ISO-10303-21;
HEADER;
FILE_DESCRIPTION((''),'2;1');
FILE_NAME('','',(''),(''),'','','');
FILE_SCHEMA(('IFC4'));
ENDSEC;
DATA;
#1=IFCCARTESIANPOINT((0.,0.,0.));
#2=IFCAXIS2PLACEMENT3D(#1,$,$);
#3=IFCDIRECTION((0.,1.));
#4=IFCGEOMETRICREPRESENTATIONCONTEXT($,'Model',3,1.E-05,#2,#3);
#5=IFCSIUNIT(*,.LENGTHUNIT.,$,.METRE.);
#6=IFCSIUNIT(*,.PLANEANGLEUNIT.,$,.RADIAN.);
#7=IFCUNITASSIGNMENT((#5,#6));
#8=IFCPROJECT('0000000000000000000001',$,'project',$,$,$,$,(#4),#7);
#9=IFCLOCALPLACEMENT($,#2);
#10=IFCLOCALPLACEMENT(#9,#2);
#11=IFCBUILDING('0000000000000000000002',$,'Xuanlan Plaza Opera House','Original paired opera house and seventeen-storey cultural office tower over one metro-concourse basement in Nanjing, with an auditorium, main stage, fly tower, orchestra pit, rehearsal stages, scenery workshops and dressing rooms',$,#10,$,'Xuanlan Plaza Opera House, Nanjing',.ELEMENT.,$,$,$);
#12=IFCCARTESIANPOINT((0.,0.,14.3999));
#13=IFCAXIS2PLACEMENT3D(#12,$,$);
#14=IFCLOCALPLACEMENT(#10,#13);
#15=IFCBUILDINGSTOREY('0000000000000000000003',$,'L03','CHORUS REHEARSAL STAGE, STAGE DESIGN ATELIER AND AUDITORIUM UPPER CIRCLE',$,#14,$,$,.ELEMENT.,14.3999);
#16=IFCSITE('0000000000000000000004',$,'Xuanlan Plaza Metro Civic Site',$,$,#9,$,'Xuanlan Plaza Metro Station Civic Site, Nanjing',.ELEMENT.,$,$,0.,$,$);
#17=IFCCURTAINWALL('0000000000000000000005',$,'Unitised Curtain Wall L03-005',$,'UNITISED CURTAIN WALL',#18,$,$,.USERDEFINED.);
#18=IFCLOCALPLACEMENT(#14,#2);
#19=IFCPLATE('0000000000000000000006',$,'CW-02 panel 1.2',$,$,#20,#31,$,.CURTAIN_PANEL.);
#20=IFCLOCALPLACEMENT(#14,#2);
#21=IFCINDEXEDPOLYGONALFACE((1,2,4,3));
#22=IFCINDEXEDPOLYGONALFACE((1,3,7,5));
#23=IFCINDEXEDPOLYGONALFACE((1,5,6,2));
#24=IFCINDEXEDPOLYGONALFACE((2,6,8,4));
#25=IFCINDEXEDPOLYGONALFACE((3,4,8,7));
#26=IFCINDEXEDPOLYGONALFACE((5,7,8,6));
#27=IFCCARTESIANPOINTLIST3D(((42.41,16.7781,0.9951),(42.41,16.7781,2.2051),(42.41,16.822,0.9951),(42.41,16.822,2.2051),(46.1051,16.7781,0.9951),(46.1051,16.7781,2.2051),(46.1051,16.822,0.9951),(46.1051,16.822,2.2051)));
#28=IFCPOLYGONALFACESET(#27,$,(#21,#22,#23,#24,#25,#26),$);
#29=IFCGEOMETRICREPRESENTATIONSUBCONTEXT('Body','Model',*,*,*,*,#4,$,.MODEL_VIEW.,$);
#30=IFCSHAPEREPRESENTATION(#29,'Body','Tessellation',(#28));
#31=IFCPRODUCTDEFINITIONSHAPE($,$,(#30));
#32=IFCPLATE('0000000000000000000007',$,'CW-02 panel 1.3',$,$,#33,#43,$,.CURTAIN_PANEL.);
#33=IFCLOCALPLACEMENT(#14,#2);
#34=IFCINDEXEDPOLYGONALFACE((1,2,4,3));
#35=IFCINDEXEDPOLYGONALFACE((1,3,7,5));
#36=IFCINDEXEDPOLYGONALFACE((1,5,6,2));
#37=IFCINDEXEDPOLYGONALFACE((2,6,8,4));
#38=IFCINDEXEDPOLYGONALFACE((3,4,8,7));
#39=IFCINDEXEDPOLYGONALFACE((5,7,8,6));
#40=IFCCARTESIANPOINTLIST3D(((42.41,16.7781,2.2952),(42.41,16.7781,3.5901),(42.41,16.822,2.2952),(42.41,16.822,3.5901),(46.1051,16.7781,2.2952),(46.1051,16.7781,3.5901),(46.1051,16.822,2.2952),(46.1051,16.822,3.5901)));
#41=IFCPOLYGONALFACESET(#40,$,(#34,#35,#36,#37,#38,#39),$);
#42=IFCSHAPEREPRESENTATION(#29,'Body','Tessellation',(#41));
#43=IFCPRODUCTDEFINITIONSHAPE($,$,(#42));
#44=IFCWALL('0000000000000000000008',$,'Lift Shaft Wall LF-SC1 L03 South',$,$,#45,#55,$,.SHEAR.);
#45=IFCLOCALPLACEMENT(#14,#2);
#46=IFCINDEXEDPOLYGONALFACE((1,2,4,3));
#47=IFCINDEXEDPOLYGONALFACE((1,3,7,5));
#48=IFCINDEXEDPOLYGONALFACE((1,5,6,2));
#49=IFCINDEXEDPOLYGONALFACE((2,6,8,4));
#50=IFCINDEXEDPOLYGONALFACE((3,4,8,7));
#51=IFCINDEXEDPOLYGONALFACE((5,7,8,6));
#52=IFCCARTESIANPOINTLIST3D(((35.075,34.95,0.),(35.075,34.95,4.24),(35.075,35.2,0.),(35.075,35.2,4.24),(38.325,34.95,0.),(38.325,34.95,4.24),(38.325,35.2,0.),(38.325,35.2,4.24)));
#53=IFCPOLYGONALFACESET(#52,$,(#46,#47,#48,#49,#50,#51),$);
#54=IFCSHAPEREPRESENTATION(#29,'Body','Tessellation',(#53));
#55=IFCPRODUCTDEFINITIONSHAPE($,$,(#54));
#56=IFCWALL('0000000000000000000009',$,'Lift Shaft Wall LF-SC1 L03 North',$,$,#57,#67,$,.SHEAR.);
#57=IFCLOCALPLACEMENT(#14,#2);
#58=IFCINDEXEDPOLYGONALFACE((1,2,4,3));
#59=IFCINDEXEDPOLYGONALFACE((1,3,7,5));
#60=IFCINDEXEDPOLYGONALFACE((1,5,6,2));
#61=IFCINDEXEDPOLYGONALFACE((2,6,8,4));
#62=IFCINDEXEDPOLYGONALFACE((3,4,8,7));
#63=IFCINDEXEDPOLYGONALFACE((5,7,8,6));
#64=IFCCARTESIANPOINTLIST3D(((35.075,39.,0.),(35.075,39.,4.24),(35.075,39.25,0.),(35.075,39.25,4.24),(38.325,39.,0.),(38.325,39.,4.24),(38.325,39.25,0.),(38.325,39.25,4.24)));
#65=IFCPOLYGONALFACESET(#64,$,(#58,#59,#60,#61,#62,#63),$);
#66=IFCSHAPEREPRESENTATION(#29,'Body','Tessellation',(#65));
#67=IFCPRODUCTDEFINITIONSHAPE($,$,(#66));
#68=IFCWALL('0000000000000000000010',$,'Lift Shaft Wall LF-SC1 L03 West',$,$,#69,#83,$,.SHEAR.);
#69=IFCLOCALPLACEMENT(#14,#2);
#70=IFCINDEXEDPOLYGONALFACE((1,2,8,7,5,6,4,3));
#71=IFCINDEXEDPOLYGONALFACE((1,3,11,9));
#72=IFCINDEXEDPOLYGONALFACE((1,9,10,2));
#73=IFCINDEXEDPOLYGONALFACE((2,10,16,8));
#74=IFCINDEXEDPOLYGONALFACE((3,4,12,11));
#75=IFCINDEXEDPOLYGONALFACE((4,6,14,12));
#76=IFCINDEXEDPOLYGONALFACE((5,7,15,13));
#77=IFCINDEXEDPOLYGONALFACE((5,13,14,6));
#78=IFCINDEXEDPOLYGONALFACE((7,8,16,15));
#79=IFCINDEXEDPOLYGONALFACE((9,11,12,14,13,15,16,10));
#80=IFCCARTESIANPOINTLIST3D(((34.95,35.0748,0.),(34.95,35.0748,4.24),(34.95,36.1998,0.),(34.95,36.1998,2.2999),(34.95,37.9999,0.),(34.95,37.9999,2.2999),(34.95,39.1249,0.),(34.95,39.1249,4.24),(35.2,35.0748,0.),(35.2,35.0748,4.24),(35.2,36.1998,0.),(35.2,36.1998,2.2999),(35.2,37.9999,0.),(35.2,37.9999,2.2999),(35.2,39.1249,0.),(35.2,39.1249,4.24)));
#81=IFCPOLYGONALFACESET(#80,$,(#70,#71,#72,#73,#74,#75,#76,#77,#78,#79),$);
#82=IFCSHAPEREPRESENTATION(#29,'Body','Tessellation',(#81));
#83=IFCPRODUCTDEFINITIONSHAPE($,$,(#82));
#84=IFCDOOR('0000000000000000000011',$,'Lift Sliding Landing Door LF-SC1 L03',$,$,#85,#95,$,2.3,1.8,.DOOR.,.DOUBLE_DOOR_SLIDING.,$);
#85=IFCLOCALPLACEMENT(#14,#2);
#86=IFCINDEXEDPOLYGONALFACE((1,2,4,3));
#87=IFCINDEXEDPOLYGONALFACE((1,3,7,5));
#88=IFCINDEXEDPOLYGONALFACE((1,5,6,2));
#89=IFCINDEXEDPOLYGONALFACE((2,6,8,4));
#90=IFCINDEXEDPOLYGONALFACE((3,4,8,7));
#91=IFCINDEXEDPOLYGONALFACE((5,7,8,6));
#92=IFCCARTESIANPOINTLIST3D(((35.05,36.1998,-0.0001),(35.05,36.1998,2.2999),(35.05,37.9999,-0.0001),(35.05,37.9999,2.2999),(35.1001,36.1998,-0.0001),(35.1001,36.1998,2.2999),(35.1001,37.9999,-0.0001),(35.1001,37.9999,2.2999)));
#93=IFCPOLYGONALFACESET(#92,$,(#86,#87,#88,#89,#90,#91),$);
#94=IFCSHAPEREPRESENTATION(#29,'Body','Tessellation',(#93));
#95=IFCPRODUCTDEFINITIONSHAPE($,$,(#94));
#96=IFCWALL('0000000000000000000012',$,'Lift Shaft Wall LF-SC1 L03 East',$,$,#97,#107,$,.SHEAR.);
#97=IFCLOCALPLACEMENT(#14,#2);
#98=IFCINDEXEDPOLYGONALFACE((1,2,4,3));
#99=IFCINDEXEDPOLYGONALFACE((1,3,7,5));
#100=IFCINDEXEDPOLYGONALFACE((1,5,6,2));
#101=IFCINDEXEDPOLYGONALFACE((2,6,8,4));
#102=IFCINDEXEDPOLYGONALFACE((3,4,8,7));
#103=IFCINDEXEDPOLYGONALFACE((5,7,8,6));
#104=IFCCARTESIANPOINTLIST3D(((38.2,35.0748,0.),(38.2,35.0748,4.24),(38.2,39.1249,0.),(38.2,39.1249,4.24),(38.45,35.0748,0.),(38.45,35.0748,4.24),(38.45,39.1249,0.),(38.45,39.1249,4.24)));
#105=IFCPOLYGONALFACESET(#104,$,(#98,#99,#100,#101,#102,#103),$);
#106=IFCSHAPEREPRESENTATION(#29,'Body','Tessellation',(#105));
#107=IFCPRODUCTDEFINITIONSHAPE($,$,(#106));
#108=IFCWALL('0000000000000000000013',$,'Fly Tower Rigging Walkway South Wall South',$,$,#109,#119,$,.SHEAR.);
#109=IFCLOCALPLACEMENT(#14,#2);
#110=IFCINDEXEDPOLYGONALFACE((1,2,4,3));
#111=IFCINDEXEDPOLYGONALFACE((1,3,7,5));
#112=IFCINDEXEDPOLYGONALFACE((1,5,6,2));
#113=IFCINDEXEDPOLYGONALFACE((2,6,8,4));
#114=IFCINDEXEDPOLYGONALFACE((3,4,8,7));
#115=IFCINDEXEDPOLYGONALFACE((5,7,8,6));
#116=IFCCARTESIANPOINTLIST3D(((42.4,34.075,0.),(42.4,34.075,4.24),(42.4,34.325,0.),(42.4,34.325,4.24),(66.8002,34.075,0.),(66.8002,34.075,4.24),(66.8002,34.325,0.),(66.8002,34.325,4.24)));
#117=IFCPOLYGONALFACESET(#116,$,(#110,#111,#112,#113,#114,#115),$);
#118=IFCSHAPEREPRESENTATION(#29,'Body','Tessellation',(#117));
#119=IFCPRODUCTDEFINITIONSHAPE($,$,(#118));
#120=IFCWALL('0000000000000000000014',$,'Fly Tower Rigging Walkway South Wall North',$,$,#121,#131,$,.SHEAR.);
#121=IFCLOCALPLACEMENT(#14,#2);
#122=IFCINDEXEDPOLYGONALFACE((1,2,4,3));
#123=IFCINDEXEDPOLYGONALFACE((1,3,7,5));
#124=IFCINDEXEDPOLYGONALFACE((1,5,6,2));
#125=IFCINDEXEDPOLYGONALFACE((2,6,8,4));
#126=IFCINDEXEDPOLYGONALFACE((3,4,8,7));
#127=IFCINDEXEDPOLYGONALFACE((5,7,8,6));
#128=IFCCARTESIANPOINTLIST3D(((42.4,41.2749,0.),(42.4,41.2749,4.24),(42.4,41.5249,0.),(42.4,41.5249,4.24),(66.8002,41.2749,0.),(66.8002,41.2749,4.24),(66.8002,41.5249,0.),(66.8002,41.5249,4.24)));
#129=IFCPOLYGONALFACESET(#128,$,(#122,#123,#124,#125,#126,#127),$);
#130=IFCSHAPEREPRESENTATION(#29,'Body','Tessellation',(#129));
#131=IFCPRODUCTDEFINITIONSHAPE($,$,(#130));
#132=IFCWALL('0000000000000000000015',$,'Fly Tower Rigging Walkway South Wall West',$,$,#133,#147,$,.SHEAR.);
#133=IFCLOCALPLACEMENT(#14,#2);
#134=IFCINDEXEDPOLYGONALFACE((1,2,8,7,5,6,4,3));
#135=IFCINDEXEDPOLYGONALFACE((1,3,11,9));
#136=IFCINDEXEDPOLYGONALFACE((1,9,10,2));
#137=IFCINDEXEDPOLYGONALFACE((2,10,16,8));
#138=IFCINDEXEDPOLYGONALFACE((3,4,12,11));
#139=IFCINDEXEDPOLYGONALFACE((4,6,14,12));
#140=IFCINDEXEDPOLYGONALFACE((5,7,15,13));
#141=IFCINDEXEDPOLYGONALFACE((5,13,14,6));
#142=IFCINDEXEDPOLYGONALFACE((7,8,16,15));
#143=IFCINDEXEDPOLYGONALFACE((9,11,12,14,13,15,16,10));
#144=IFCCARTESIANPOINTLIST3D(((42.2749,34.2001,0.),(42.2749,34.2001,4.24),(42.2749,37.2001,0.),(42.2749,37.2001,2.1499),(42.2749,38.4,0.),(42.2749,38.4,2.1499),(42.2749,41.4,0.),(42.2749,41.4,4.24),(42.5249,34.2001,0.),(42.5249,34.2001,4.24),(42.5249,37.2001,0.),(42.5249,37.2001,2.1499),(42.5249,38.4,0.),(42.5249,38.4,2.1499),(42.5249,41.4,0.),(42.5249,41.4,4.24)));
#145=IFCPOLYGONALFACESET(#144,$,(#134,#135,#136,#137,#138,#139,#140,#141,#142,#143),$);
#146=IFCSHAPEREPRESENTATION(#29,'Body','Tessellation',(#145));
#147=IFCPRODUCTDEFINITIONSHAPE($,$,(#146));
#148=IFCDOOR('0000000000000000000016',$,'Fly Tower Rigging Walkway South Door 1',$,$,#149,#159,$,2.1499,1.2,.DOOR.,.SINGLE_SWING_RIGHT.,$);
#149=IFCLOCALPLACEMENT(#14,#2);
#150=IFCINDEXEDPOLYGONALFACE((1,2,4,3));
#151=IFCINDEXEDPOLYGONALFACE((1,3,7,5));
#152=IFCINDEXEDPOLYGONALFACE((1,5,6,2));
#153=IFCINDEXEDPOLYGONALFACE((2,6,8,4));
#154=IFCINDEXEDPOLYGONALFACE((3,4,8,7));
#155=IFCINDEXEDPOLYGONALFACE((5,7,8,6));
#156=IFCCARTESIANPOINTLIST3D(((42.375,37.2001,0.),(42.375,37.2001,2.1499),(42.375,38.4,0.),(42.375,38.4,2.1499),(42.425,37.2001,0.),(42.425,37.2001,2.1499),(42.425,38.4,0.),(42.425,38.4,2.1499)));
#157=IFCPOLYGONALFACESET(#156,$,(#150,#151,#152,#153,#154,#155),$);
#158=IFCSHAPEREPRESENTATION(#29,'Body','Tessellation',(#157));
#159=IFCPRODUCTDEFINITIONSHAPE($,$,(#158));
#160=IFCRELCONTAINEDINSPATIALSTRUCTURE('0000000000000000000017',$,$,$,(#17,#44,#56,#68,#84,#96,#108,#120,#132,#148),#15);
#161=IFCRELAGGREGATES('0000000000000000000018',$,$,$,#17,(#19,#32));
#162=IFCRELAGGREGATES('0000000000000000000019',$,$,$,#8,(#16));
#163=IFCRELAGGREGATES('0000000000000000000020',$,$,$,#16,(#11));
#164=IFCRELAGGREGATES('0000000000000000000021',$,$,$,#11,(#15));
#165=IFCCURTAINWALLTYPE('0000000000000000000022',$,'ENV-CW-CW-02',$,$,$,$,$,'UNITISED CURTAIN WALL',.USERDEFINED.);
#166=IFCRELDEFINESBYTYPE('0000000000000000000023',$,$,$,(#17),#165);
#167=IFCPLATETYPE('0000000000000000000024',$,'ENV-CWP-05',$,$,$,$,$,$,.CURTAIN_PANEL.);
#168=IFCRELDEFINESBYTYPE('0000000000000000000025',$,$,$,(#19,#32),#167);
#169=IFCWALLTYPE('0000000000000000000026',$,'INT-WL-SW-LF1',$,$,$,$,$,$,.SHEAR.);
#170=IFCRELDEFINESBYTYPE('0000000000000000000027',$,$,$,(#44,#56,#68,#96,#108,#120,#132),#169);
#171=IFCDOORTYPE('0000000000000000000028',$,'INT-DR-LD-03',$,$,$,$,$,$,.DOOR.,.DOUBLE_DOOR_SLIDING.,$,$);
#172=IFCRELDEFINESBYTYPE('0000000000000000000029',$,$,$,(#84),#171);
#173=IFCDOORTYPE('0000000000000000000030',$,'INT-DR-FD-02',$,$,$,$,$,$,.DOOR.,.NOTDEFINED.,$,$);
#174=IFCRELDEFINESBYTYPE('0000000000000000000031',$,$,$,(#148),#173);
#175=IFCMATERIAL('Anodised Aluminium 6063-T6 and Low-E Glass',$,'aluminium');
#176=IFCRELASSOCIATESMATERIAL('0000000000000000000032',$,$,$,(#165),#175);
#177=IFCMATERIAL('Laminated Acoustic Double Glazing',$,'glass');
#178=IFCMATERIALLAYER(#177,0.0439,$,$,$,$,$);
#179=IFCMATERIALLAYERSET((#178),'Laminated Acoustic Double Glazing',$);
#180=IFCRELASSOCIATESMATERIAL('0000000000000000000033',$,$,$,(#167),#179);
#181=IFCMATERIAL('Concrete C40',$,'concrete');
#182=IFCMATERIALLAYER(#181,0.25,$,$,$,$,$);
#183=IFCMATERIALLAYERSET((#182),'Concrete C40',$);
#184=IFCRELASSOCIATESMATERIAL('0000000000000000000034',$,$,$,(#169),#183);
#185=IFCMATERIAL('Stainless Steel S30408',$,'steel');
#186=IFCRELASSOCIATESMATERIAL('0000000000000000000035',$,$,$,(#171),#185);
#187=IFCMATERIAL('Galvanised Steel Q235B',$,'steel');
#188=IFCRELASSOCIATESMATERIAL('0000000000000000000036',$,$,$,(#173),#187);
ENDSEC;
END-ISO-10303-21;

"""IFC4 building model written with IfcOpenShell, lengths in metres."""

from ifc_helpers import new_model, si_unit, direction, frame, frame_2d, origin, origin_2d, place, context, subcontext, project, spatial, rectangle, extrude, material, layer, layer_set, type_object, element, fill, aggregate, save


model = new_model("IFC4")

# Units and contexts
model_context = context("Model", 3, precision=1e-05, world=origin(), true_north=direction((0.0, 1.0)))
body_context = subcontext(model_context, "Body", "Model", "MODEL_VIEW")
ifc_project = project(units=[si_unit("LENGTHUNIT", "METRE"), si_unit("PLANEANGLEUNIT", "RADIAN")], contexts=[model_context])

# Site, building, storey
site_placement = place(None, origin())
site = spatial("IfcSite", under=ifc_project, at=site_placement, Name="Xuanlan Plaza Metro Civic Site", LongName="Xuanlan Plaza Metro Station Civic Site, Nanjing", CompositionType="ELEMENT", RefElevation=0.0)
building_placement = place(site_placement, origin())
building = spatial("IfcBuilding", under=site, at=building_placement, Name="Xuanlan Plaza Opera House", Description="Original paired opera house and seventeen-storey cultural office tower over one metro-concourse basement in Nanjing, with an auditorium, main stage, fly tower, orchestra pit, rehearsal stages, scenery workshops and dressing rooms", LongName="Xuanlan Plaza Opera House, Nanjing", CompositionType="ELEMENT")
storey_placement = place(building_placement, frame((0.0, 0.0, 14.3999)))
storey = spatial("IfcBuildingStorey", under=building, at=storey_placement, Name="L03", Description="CHORUS REHEARSAL STAGE, STAGE DESIGN ATELIER AND AUDITORIUM UPPER CIRCLE", CompositionType="ELEMENT", Elevation=14.3999)

# Shared definitions
ifc_material_1 = material(Name="Concrete C40", Category="concrete")

# Curtain wall
ifc_material_2 = material(Name="Anodised Aluminium 6063-T6 and Low-E Glass", Category="aluminium")
curtain_wall_type = type_object("IfcCurtainWallType", Name="ENV-CW-CW-02", ElementType="UNITISED CURTAIN WALL", PredefinedType="USERDEFINED", material=ifc_material_2)
curtain_wall_placement = place(storey_placement, origin())
curtain_wall = element("IfcCurtainWall", 1, at=curtain_wall_placement, inside=storey, type_object=curtain_wall_type, Name="Unitised Curtain Wall L03-005", ObjectType="UNITISED CURTAIN WALL", PredefinedType="USERDEFINED")

# Plates
ifc_material_3 = material(Name="Laminated Acoustic Double Glazing", Category="glass")
ifc_layer_1 = layer(ifc_material_3, 0.0439)
ifc_layer_set_1 = layer_set([ifc_layer_1], Name="Laminated Acoustic Double Glazing")
plate_type = type_object("IfcPlateType", Name="ENV-CWP-05", PredefinedType="CURTAIN_PANEL", material=ifc_layer_set_1)
plate_1_placement = place(storey_placement, frame((44.2576, 16.8, 0.9951), z_axis=(0.0, 0.0, 1.0), x_axis=(1.0, 0.0, 0.0)))
plate_1 = element("IfcPlate", 2, at=plate_1_placement, type_object=plate_type, Name="CW-02 panel 1.2", PredefinedType="CURTAIN_PANEL", context=body_context, shape_type="SweptSolid", body=[
    extrude(rectangle(XDim=3.6951, YDim=0.0439, at=origin_2d()), origin(), (0.0, 0.0, 1.0), 1.21),
])
plate_2_placement = place(storey_placement, frame((44.2576, 16.8, 2.2952), z_axis=(0.0, 0.0, 1.0), x_axis=(1.0, 0.0, 0.0)))
plate_2 = element("IfcPlate", 3, at=plate_2_placement, type_object=plate_type, Name="CW-02 panel 1.3", PredefinedType="CURTAIN_PANEL", context=body_context, shape_type="SweptSolid", body=[
    extrude(rectangle(XDim=3.6951, YDim=0.0439, at=origin_2d()), origin(), (0.0, 0.0, 1.0), 1.2949),
])
aggregate(curtain_wall, [plate_1, plate_2])

# Walls
ifc_layer_2 = layer(ifc_material_1, 0.25)
ifc_layer_set_2 = layer_set([ifc_layer_2], Name="Concrete C40")
wall_type = type_object("IfcWallType", Name="INT-WL-SW-LF1", PredefinedType="SHEAR", material=ifc_layer_set_2)
for number, where, z_axis, x_axis, name in (
    (4, (35.075, 35.075, 0.0), (0.0, 0.0, 1.0), (1.0, 0.0, 0.0), "Lift Shaft Wall LF-SC1 L03 South"),
    (5, (35.075, 39.125, 0.0), (0.0, 0.0, 1.0), (1.0, 0.0, 0.0), "Lift Shaft Wall LF-SC1 L03 North"),
):
    element("IfcWall", number, at=place(storey_placement, frame(where, z_axis=z_axis, x_axis=x_axis)), inside=storey, type_object=wall_type, Name=name, PredefinedType="SHEAR", context=body_context, shape_type="SweptSolid", body=[
        extrude(rectangle(XDim=3.25, YDim=0.25, at=frame_2d((1.625, 0.0))), origin(), (0.0, 0.0, 1.0), 4.24),
    ])

# Wall, opening, door
wall_1_placement = place(storey_placement, frame((35.075, 35.075, 0.0), z_axis=(0.0, 0.0, 1.0), x_axis=(0.0, 1.0, 0.0)))
wall_1 = element("IfcWall", 6, at=wall_1_placement, inside=storey, type_object=wall_type, Name="Lift Shaft Wall LF-SC1 L03 West", PredefinedType="SHEAR", context=body_context, shape_type="SweptSolid", body=[
    extrude(rectangle(XDim=4.05, YDim=0.25, at=frame_2d((2.0249, 0.0))), origin(), (0.0, 0.0, 1.0), 4.24),
])
opening_1_placement = place(wall_1_placement, frame((1.125, 0.0, 0.0)))
opening_1 = element("IfcOpeningElement", 7, at=opening_1_placement, cuts=wall_1, PredefinedType="OPENING", context=body_context, shape_type="SweptSolid", body=[
    extrude(rectangle(XDim=1.8, YDim=2.3, at=frame_2d((0.8999, 1.1499))), frame((0.0, 0.135, 0.0), z_axis=(0.0, -1.0, 0.0), x_axis=(1.0, 0.0, 0.0)), (0.0, 0.0, 1.0), 0.27),
])
ifc_material_4 = material(Name="Stainless Steel S30408", Category="steel")
door_type_1 = type_object("IfcDoorType", Name="INT-DR-LD-03", OperationType="DOUBLE_DOOR_SLIDING", PredefinedType="DOOR", material=ifc_material_4)
door_1_placement = place(opening_1_placement, origin())
door_1 = element("IfcDoor", 8, at=door_1_placement, inside=storey, type_object=door_type_1, Name="Lift Sliding Landing Door LF-SC1 L03", OperationType="DOUBLE_DOOR_SLIDING", OverallHeight=2.3, OverallWidth=1.8, PredefinedType="DOOR", context=body_context, shape_type="SweptSolid", body=[
    extrude(rectangle(XDim=1.8, YDim=2.3, at=frame_2d((0.8999, 1.1499))), frame((0.0, 0.0249, 0.0), z_axis=(0.0, -1.0, 0.0), x_axis=(1.0, 0.0, 0.0)), (0.0, 0.0, 1.0), 0.05),
])
fill(opening_1, door_1)

# Walls
wall_2_placement = place(storey_placement, frame((38.325, 35.075, 0.0), z_axis=(0.0, 0.0, 1.0), x_axis=(0.0, 1.0, 0.0)))
element("IfcWall", 9, at=wall_2_placement, inside=storey, type_object=wall_type, Name="Lift Shaft Wall LF-SC1 L03 East", PredefinedType="SHEAR", context=body_context, shape_type="SweptSolid", body=[
    extrude(rectangle(XDim=4.05, YDim=0.25, at=frame_2d((2.0249, 0.0))), origin(), (0.0, 0.0, 1.0), 4.24),
])
for number, where, z_axis, x_axis, name in (
    (10, (42.3999, 34.2, 0.0), (0.0, 0.0, 1.0), (1.0, 0.0, 0.0), "Fly Tower Rigging Walkway South Wall South"),
    (11, (42.3999, 41.3999, 0.0), (0.0, 0.0, 1.0), (1.0, 0.0, 0.0), "Fly Tower Rigging Walkway South Wall North"),
):
    element("IfcWall", number, at=place(storey_placement, frame(where, z_axis=z_axis, x_axis=x_axis)), inside=storey, type_object=wall_type, Name=name, PredefinedType="SHEAR", context=body_context, shape_type="SweptSolid", body=[
        extrude(rectangle(XDim=24.4001, YDim=0.25, at=frame_2d((12.2002, 0.0))), origin(), (0.0, 0.0, 1.0), 4.24),
    ])

# Wall, opening, door
wall_3_placement = place(storey_placement, frame((42.3999, 34.2, 0.0), z_axis=(0.0, 0.0, 1.0), x_axis=(0.0, 1.0, 0.0)))
wall_3 = element("IfcWall", 12, at=wall_3_placement, inside=storey, type_object=wall_type, Name="Fly Tower Rigging Walkway South Wall West", PredefinedType="SHEAR", context=body_context, shape_type="SweptSolid", body=[
    extrude(rectangle(XDim=7.2, YDim=0.25, at=frame_2d((3.6001, 0.0))), origin(), (0.0, 0.0, 1.0), 4.24),
])
opening_2_placement = place(wall_3_placement, frame((3.0, 0.0, 0.0)))
opening_2 = element("IfcOpeningElement", 13, at=opening_2_placement, cuts=wall_3, PredefinedType="OPENING", context=body_context, shape_type="SweptSolid", body=[
    extrude(rectangle(XDim=1.2, YDim=2.1499, at=frame_2d((0.6001, 1.075))), frame((0.0, 0.135, 0.0), z_axis=(0.0, -1.0, 0.0), x_axis=(1.0, 0.0, 0.0)), (0.0, 0.0, 1.0), 0.27),
])
ifc_material_5 = material(Name="Galvanised Steel Q235B", Category="steel")
door_type_2 = type_object("IfcDoorType", Name="INT-DR-FD-02", OperationType="NOTDEFINED", PredefinedType="DOOR", material=ifc_material_5)
door_2_placement = place(opening_2_placement, origin())
door_2 = element("IfcDoor", 14, at=door_2_placement, inside=storey, type_object=door_type_2, Name="Fly Tower Rigging Walkway South Door 1", OperationType="SINGLE_SWING_RIGHT", OverallHeight=2.1499, OverallWidth=1.2, PredefinedType="DOOR", context=body_context, shape_type="SweptSolid", body=[
    extrude(rectangle(XDim=1.2, YDim=2.1499, at=frame_2d((0.6001, 1.075))), frame((0.0, 0.0249, 0.0), z_axis=(0.0, -1.0, 0.0), x_axis=(1.0, 0.0, 0.0)), (0.0, 0.0, 1.0), 0.05),
])
fill(opening_2, door_2)

save(model, "model.ifc")
